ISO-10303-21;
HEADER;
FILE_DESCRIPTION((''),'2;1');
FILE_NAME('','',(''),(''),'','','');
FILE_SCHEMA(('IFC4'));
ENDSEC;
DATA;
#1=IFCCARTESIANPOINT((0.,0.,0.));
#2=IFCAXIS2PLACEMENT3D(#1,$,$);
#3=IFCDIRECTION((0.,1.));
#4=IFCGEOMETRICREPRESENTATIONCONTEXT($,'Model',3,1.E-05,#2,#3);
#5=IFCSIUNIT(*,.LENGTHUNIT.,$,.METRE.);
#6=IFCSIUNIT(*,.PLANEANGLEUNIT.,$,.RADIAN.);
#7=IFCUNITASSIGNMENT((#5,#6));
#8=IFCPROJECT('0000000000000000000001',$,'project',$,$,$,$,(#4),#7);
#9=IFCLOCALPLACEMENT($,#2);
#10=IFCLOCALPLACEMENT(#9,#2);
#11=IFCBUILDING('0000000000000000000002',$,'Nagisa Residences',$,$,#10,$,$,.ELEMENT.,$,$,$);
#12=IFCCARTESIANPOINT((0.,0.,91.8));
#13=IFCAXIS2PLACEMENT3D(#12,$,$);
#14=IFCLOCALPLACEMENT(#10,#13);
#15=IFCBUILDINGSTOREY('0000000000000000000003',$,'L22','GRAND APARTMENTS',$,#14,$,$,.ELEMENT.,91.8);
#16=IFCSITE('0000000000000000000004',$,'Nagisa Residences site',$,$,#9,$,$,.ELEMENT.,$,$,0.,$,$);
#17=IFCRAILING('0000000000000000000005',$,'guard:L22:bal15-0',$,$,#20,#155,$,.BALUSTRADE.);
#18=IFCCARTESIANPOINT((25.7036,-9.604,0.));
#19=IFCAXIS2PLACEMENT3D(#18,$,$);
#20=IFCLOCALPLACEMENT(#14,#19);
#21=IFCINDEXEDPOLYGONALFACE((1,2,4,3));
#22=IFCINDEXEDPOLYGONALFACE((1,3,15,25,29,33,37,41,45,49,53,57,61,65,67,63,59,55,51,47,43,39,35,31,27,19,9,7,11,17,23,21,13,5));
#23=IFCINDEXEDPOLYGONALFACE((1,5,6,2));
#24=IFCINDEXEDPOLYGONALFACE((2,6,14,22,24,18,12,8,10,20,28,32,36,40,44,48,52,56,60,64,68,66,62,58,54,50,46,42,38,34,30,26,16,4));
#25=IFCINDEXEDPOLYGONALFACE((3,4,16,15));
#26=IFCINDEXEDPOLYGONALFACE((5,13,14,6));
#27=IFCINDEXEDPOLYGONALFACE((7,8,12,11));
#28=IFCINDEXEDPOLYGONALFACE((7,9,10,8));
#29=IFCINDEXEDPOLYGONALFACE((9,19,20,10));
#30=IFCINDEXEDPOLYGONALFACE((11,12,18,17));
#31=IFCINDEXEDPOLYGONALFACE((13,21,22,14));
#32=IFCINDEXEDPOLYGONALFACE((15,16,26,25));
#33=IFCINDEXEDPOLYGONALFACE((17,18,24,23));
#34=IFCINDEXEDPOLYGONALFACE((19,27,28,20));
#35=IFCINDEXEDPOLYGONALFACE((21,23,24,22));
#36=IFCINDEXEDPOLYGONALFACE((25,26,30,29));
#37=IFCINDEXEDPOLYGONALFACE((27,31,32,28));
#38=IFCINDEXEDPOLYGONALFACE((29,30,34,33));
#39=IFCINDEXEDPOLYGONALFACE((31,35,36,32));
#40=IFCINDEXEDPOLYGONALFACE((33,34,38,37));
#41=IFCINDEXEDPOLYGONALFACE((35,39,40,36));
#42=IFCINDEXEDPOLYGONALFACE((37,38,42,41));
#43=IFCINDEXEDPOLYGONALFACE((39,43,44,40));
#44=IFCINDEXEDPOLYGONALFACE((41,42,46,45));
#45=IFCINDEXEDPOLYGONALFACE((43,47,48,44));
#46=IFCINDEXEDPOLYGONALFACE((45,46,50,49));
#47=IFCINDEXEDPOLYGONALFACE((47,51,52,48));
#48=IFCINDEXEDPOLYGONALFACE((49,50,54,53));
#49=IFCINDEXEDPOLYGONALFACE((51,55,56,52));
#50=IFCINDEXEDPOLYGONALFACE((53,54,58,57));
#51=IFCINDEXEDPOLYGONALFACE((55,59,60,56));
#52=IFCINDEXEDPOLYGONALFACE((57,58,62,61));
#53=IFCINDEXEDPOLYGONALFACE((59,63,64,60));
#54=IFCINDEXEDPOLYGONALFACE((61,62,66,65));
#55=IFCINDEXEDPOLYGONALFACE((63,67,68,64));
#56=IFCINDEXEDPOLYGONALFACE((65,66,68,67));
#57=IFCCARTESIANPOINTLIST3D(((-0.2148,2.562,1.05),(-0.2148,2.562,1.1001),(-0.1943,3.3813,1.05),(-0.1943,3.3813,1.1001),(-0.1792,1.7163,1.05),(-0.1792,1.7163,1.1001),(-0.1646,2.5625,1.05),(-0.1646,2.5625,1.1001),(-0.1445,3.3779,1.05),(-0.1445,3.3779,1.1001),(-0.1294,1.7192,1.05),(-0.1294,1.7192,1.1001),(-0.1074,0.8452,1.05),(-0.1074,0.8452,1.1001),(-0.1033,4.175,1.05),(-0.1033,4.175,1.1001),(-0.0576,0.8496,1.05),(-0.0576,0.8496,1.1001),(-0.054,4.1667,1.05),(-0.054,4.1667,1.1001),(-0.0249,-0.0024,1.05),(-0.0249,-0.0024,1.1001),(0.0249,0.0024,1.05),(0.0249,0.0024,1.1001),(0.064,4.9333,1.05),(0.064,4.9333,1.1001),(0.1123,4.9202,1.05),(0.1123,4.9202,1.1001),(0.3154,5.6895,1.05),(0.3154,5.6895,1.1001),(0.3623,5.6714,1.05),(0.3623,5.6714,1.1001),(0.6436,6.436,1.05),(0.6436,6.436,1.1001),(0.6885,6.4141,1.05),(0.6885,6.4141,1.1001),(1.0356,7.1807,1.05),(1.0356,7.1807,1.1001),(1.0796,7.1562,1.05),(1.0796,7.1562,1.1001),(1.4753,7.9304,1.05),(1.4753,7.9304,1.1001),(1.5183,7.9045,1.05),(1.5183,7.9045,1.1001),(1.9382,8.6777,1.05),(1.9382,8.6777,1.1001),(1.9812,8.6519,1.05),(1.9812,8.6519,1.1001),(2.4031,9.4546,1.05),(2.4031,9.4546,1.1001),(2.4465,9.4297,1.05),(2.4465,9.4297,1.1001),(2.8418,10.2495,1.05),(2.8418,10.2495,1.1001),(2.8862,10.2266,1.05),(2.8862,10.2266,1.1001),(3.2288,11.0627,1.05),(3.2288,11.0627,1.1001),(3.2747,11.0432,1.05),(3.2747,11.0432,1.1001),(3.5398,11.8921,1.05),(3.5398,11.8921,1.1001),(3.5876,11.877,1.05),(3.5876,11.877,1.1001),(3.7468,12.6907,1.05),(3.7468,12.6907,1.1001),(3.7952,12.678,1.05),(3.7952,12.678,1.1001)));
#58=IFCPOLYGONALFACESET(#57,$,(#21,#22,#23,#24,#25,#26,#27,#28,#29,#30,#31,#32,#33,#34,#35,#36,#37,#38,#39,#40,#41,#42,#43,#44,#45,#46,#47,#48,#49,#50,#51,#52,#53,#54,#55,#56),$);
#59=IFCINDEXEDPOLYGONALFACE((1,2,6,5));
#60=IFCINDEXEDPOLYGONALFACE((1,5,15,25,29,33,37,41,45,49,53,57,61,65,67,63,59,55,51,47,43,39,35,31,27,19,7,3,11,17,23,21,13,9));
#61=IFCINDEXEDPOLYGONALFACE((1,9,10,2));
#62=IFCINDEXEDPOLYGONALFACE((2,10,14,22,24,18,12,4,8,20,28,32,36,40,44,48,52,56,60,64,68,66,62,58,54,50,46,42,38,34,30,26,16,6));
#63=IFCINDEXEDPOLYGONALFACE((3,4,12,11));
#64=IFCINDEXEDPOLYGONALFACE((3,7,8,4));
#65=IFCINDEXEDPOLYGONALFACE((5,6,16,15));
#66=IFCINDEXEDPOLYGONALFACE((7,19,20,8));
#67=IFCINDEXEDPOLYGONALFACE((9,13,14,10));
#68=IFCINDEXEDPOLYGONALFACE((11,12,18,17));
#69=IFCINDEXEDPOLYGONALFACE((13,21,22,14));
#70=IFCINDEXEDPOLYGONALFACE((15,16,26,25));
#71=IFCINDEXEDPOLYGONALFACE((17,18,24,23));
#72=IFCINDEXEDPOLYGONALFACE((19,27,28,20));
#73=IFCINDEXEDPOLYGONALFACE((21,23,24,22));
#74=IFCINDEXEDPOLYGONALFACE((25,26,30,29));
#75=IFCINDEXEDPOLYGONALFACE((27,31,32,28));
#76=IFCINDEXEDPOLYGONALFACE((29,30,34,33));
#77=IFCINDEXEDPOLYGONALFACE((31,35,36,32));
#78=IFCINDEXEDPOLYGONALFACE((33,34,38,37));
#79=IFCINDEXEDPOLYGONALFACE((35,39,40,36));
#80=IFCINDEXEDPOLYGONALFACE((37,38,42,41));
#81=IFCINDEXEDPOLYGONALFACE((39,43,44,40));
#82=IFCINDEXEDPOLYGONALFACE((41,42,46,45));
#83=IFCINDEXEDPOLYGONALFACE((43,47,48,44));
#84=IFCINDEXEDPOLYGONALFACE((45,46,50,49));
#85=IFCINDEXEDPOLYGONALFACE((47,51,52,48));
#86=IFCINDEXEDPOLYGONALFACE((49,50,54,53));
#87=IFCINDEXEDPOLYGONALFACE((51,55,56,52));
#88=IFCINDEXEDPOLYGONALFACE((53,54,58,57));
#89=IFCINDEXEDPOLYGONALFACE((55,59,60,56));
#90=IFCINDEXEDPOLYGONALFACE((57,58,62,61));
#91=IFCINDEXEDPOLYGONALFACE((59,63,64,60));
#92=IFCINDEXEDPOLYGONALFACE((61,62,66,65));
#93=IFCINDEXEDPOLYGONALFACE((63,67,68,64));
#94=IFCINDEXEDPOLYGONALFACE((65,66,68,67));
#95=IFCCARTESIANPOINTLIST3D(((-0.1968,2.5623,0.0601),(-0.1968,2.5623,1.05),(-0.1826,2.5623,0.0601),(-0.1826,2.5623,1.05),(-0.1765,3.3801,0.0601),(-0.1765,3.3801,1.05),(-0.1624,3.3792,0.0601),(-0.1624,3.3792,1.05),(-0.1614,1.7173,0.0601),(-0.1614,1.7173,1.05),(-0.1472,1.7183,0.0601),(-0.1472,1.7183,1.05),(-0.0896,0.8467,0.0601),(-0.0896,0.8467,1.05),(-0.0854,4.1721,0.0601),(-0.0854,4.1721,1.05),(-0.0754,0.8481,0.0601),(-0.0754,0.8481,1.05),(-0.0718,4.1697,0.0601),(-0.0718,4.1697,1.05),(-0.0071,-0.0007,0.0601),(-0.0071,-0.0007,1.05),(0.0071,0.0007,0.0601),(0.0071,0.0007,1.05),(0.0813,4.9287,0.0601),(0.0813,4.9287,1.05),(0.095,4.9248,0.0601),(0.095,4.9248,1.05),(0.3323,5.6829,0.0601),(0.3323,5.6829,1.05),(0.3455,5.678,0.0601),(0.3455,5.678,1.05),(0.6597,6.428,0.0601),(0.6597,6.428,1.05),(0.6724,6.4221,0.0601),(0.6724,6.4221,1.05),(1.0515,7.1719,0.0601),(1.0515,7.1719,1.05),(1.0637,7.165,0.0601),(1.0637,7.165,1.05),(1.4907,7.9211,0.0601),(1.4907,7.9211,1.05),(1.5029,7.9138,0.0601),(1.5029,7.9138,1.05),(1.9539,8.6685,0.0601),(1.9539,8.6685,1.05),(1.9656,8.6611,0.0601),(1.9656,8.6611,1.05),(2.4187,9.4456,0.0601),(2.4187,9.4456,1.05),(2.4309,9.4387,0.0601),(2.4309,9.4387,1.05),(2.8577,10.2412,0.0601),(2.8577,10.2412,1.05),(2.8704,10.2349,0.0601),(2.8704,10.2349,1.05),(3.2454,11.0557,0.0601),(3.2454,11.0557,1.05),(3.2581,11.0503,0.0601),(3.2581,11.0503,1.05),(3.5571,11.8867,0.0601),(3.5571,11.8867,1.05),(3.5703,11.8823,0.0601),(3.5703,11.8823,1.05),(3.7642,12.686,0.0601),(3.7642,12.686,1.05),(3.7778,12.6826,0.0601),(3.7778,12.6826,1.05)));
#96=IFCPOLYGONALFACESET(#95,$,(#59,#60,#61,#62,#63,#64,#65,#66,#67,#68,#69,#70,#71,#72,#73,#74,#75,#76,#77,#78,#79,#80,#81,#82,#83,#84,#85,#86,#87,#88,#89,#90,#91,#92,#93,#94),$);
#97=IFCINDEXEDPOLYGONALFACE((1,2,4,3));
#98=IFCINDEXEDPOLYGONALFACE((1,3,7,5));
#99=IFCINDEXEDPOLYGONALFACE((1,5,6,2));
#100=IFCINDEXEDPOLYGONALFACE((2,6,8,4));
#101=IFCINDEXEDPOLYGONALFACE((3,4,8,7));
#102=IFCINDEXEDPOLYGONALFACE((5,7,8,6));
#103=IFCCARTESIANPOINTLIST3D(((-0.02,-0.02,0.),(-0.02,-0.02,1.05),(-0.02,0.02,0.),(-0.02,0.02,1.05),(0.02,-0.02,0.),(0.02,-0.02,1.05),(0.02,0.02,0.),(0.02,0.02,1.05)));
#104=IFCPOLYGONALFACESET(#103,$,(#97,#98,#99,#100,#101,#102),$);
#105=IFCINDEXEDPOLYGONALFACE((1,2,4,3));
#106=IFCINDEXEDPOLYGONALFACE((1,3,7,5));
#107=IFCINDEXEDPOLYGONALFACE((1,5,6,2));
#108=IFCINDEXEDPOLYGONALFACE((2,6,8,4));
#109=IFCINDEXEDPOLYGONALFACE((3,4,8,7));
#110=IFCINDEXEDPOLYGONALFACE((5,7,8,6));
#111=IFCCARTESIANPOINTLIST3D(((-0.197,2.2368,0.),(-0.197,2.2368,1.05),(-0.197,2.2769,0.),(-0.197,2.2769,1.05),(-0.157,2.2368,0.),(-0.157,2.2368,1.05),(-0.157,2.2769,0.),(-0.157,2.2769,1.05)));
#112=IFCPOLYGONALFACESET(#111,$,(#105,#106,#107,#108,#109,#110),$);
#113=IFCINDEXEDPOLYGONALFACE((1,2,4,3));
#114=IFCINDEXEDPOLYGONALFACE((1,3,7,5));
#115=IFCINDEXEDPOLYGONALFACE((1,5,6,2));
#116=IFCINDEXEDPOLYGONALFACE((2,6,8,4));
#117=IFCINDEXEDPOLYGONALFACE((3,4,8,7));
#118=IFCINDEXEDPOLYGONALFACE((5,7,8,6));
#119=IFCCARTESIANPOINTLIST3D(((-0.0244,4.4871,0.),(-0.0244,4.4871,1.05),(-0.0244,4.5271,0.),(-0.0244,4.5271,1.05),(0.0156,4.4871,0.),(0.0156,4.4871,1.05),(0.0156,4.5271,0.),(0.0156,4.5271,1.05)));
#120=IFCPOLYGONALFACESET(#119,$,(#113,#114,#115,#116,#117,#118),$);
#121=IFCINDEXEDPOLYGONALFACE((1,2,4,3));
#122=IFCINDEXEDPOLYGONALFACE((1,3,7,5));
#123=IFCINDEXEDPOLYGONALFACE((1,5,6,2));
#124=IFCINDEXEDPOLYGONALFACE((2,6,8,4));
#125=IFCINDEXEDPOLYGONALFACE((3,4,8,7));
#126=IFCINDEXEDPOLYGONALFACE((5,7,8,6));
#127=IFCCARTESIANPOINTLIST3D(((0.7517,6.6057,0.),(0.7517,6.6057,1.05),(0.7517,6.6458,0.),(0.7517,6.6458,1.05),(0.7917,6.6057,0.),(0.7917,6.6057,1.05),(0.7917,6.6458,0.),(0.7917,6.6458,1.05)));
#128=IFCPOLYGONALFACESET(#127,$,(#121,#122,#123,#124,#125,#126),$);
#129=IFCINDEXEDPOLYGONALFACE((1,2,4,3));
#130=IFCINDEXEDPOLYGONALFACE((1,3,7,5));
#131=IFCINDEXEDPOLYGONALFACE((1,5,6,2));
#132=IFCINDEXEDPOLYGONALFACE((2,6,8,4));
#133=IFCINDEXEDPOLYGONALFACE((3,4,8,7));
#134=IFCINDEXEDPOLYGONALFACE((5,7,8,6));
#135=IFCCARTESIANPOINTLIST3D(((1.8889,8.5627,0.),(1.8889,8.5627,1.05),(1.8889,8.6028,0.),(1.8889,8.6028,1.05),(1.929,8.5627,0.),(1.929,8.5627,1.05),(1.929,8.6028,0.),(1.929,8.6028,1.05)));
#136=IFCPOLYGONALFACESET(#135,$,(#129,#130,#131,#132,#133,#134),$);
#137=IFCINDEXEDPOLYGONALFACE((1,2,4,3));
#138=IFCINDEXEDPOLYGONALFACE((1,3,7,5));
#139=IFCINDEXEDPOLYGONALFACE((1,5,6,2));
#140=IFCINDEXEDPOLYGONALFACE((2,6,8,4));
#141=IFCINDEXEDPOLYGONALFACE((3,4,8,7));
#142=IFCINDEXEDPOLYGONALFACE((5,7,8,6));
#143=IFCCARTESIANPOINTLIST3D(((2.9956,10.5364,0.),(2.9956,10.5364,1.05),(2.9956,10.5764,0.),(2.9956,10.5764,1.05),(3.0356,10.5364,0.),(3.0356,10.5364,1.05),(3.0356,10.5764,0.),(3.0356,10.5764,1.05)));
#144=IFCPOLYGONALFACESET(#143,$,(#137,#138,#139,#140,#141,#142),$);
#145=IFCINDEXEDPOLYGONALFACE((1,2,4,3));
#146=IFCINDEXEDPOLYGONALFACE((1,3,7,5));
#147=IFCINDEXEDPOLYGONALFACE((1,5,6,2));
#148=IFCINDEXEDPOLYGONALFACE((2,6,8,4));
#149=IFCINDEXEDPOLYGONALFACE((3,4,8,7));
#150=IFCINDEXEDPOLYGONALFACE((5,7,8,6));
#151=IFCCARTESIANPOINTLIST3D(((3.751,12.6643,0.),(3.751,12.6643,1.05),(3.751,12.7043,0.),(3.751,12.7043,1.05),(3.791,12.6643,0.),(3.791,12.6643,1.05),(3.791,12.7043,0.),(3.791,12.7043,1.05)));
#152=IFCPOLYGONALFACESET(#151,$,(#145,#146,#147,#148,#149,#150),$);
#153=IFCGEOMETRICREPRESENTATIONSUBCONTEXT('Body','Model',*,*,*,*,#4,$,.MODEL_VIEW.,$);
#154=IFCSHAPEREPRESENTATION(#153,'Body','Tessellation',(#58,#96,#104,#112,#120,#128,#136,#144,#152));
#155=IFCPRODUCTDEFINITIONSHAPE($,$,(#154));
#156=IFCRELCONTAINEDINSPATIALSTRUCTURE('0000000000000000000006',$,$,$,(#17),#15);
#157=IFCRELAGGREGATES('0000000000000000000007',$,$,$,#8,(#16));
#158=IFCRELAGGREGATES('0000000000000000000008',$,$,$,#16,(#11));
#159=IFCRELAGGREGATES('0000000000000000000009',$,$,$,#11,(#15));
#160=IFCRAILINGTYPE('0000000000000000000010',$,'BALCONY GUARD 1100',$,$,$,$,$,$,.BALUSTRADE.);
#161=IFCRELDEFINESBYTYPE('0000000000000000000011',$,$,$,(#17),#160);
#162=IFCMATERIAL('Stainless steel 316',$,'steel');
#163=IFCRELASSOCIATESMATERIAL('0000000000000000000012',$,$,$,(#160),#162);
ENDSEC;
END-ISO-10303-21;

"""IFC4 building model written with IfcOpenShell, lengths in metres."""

from ifc_helpers import new_model, si_unit, direction, frame, origin, origin_2d, place, context, subcontext, project, spatial, polyline, rectangle, outline, extrude, material, type_object, element, save


model = new_model("IFC4")

# Units and contexts
model_context = context("Model", 3, precision=1e-05, world=origin(), true_north=direction((0.0, 1.0)))
body_context = subcontext(model_context, "Body", "Model", "MODEL_VIEW")
ifc_project = project(units=[si_unit("LENGTHUNIT", "METRE"), si_unit("PLANEANGLEUNIT", "RADIAN")], contexts=[model_context])

# Site, building, storey
site_placement = place(None, origin())
site = spatial("IfcSite", under=ifc_project, at=site_placement, Name="Nagisa Residences site", CompositionType="ELEMENT", RefElevation=0.0)
building_placement = place(site_placement, origin())
building = spatial("IfcBuilding", under=site, at=building_placement, Name="Nagisa Residences", CompositionType="ELEMENT")
storey_placement = place(building_placement, frame((0.0, 0.0, 91.8)))
storey = spatial("IfcBuildingStorey", under=building, at=storey_placement, Name="L22", Description="GRAND APARTMENTS", CompositionType="ELEMENT", Elevation=91.8)

# Railing
ifc_material_1 = material(Name="Stainless steel 316", Category="steel")
railing_type = type_object("IfcRailingType", Name="BALCONY GUARD 1100", PredefinedType="BALUSTRADE", material=ifc_material_1)
railing_1_placement = place(storey_placement, frame((25.7036, -9.604, 0.0)))
element("IfcRailing", 1, at=railing_1_placement, inside=storey, type_object=railing_type, Name="guard:L22:bal15-0", PredefinedType="BALUSTRADE", context=body_context, shape_type="SweptSolid", body=[
    extrude(outline(polyline([(-0.1074, 0.8452), (-0.0249, -0.0024), (0.0249, 0.0024), (-0.0576, 0.8496), (-0.1294, 1.7192), (-0.1646, 2.5625), (-0.1445, 3.3779), (-0.054, 4.1667), (0.1123, 4.9202), (0.3623, 5.6714), (0.6885, 6.4141), (1.0796, 7.1562), (1.5183, 7.9045), (1.9812, 8.6519), (2.4465, 9.4297), (2.8862, 10.2266), (3.2747, 11.0432), (3.5876, 11.877), (3.7952, 12.678), (3.7468, 12.6907), (3.5398, 11.8921), (3.2288, 11.0627), (2.8418, 10.2495), (2.4031, 9.4546), (1.9382, 8.6777), (1.4753, 7.9304), (1.0356, 7.1807), (0.6436, 6.436), (0.3154, 5.6895), (0.064, 4.9333), (-0.1033, 4.175), (-0.1943, 3.3813), (-0.2148, 2.562), (-0.1792, 1.7163), (-0.1074, 0.8452)])), frame((0.0, 0.0, 1.05)), (0.0, 0.0, 1.0), 0.05),
    extrude(outline(polyline([(-0.0896, 0.8467), (-0.0071, -0.0007), (0.0071, 0.0007), (-0.0754, 0.8481), (-0.1472, 1.7183), (-0.1826, 2.5623), (-0.1624, 3.3792), (-0.0718, 4.1697), (0.095, 4.9248), (0.3455, 5.678), (0.6724, 6.4221), (1.0637, 7.165), (1.5029, 7.9138), (1.9656, 8.6611), (2.4309, 9.4387), (2.8704, 10.2349), (3.2581, 11.0503), (3.5703, 11.8823), (3.7778, 12.6826), (3.7642, 12.686), (3.5571, 11.8867), (3.2454, 11.0557), (2.8577, 10.2412), (2.4187, 9.4456), (1.9539, 8.6685), (1.4907, 7.9211), (1.0515, 7.1719), (0.6597, 6.428), (0.3323, 5.6829), (0.0813, 4.9287), (-0.0854, 4.1721), (-0.1765, 3.3801), (-0.1968, 2.5623), (-0.1614, 1.7173), (-0.0896, 0.8467)])), frame((0.0, 0.0, 0.0601)), (0.0, 0.0, 1.0), 0.99),
    extrude(rectangle(XDim=0.04, YDim=0.04, at=origin_2d()), origin(), (0.0, 0.0, 1.0), 1.05),
    extrude(rectangle(XDim=0.04, YDim=0.04, at=origin_2d()), frame((-0.177, 2.2568, 0.0)), (0.0, 0.0, 1.0), 1.05),
    extrude(rectangle(XDim=0.04, YDim=0.04, at=origin_2d()), frame((-0.0044, 4.5071, 0.0)), (0.0, 0.0, 1.0), 1.05),
    extrude(rectangle(XDim=0.04, YDim=0.04, at=origin_2d()), frame((0.7717, 6.6257, 0.0)), (0.0, 0.0, 1.0), 1.05),
    extrude(rectangle(XDim=0.04, YDim=0.04, at=origin_2d()), frame((1.9089, 8.5828, 0.0)), (0.0, 0.0, 1.0), 1.05),
    extrude(rectangle(XDim=0.04, YDim=0.04, at=origin_2d()), frame((3.0156, 10.5564, 0.0)), (0.0, 0.0, 1.0), 1.05),
    extrude(rectangle(XDim=0.04, YDim=0.04, at=origin_2d()), frame((3.771, 12.6843, 0.0)), (0.0, 0.0, 1.0), 1.05),
])

save(model, "model.ifc")
